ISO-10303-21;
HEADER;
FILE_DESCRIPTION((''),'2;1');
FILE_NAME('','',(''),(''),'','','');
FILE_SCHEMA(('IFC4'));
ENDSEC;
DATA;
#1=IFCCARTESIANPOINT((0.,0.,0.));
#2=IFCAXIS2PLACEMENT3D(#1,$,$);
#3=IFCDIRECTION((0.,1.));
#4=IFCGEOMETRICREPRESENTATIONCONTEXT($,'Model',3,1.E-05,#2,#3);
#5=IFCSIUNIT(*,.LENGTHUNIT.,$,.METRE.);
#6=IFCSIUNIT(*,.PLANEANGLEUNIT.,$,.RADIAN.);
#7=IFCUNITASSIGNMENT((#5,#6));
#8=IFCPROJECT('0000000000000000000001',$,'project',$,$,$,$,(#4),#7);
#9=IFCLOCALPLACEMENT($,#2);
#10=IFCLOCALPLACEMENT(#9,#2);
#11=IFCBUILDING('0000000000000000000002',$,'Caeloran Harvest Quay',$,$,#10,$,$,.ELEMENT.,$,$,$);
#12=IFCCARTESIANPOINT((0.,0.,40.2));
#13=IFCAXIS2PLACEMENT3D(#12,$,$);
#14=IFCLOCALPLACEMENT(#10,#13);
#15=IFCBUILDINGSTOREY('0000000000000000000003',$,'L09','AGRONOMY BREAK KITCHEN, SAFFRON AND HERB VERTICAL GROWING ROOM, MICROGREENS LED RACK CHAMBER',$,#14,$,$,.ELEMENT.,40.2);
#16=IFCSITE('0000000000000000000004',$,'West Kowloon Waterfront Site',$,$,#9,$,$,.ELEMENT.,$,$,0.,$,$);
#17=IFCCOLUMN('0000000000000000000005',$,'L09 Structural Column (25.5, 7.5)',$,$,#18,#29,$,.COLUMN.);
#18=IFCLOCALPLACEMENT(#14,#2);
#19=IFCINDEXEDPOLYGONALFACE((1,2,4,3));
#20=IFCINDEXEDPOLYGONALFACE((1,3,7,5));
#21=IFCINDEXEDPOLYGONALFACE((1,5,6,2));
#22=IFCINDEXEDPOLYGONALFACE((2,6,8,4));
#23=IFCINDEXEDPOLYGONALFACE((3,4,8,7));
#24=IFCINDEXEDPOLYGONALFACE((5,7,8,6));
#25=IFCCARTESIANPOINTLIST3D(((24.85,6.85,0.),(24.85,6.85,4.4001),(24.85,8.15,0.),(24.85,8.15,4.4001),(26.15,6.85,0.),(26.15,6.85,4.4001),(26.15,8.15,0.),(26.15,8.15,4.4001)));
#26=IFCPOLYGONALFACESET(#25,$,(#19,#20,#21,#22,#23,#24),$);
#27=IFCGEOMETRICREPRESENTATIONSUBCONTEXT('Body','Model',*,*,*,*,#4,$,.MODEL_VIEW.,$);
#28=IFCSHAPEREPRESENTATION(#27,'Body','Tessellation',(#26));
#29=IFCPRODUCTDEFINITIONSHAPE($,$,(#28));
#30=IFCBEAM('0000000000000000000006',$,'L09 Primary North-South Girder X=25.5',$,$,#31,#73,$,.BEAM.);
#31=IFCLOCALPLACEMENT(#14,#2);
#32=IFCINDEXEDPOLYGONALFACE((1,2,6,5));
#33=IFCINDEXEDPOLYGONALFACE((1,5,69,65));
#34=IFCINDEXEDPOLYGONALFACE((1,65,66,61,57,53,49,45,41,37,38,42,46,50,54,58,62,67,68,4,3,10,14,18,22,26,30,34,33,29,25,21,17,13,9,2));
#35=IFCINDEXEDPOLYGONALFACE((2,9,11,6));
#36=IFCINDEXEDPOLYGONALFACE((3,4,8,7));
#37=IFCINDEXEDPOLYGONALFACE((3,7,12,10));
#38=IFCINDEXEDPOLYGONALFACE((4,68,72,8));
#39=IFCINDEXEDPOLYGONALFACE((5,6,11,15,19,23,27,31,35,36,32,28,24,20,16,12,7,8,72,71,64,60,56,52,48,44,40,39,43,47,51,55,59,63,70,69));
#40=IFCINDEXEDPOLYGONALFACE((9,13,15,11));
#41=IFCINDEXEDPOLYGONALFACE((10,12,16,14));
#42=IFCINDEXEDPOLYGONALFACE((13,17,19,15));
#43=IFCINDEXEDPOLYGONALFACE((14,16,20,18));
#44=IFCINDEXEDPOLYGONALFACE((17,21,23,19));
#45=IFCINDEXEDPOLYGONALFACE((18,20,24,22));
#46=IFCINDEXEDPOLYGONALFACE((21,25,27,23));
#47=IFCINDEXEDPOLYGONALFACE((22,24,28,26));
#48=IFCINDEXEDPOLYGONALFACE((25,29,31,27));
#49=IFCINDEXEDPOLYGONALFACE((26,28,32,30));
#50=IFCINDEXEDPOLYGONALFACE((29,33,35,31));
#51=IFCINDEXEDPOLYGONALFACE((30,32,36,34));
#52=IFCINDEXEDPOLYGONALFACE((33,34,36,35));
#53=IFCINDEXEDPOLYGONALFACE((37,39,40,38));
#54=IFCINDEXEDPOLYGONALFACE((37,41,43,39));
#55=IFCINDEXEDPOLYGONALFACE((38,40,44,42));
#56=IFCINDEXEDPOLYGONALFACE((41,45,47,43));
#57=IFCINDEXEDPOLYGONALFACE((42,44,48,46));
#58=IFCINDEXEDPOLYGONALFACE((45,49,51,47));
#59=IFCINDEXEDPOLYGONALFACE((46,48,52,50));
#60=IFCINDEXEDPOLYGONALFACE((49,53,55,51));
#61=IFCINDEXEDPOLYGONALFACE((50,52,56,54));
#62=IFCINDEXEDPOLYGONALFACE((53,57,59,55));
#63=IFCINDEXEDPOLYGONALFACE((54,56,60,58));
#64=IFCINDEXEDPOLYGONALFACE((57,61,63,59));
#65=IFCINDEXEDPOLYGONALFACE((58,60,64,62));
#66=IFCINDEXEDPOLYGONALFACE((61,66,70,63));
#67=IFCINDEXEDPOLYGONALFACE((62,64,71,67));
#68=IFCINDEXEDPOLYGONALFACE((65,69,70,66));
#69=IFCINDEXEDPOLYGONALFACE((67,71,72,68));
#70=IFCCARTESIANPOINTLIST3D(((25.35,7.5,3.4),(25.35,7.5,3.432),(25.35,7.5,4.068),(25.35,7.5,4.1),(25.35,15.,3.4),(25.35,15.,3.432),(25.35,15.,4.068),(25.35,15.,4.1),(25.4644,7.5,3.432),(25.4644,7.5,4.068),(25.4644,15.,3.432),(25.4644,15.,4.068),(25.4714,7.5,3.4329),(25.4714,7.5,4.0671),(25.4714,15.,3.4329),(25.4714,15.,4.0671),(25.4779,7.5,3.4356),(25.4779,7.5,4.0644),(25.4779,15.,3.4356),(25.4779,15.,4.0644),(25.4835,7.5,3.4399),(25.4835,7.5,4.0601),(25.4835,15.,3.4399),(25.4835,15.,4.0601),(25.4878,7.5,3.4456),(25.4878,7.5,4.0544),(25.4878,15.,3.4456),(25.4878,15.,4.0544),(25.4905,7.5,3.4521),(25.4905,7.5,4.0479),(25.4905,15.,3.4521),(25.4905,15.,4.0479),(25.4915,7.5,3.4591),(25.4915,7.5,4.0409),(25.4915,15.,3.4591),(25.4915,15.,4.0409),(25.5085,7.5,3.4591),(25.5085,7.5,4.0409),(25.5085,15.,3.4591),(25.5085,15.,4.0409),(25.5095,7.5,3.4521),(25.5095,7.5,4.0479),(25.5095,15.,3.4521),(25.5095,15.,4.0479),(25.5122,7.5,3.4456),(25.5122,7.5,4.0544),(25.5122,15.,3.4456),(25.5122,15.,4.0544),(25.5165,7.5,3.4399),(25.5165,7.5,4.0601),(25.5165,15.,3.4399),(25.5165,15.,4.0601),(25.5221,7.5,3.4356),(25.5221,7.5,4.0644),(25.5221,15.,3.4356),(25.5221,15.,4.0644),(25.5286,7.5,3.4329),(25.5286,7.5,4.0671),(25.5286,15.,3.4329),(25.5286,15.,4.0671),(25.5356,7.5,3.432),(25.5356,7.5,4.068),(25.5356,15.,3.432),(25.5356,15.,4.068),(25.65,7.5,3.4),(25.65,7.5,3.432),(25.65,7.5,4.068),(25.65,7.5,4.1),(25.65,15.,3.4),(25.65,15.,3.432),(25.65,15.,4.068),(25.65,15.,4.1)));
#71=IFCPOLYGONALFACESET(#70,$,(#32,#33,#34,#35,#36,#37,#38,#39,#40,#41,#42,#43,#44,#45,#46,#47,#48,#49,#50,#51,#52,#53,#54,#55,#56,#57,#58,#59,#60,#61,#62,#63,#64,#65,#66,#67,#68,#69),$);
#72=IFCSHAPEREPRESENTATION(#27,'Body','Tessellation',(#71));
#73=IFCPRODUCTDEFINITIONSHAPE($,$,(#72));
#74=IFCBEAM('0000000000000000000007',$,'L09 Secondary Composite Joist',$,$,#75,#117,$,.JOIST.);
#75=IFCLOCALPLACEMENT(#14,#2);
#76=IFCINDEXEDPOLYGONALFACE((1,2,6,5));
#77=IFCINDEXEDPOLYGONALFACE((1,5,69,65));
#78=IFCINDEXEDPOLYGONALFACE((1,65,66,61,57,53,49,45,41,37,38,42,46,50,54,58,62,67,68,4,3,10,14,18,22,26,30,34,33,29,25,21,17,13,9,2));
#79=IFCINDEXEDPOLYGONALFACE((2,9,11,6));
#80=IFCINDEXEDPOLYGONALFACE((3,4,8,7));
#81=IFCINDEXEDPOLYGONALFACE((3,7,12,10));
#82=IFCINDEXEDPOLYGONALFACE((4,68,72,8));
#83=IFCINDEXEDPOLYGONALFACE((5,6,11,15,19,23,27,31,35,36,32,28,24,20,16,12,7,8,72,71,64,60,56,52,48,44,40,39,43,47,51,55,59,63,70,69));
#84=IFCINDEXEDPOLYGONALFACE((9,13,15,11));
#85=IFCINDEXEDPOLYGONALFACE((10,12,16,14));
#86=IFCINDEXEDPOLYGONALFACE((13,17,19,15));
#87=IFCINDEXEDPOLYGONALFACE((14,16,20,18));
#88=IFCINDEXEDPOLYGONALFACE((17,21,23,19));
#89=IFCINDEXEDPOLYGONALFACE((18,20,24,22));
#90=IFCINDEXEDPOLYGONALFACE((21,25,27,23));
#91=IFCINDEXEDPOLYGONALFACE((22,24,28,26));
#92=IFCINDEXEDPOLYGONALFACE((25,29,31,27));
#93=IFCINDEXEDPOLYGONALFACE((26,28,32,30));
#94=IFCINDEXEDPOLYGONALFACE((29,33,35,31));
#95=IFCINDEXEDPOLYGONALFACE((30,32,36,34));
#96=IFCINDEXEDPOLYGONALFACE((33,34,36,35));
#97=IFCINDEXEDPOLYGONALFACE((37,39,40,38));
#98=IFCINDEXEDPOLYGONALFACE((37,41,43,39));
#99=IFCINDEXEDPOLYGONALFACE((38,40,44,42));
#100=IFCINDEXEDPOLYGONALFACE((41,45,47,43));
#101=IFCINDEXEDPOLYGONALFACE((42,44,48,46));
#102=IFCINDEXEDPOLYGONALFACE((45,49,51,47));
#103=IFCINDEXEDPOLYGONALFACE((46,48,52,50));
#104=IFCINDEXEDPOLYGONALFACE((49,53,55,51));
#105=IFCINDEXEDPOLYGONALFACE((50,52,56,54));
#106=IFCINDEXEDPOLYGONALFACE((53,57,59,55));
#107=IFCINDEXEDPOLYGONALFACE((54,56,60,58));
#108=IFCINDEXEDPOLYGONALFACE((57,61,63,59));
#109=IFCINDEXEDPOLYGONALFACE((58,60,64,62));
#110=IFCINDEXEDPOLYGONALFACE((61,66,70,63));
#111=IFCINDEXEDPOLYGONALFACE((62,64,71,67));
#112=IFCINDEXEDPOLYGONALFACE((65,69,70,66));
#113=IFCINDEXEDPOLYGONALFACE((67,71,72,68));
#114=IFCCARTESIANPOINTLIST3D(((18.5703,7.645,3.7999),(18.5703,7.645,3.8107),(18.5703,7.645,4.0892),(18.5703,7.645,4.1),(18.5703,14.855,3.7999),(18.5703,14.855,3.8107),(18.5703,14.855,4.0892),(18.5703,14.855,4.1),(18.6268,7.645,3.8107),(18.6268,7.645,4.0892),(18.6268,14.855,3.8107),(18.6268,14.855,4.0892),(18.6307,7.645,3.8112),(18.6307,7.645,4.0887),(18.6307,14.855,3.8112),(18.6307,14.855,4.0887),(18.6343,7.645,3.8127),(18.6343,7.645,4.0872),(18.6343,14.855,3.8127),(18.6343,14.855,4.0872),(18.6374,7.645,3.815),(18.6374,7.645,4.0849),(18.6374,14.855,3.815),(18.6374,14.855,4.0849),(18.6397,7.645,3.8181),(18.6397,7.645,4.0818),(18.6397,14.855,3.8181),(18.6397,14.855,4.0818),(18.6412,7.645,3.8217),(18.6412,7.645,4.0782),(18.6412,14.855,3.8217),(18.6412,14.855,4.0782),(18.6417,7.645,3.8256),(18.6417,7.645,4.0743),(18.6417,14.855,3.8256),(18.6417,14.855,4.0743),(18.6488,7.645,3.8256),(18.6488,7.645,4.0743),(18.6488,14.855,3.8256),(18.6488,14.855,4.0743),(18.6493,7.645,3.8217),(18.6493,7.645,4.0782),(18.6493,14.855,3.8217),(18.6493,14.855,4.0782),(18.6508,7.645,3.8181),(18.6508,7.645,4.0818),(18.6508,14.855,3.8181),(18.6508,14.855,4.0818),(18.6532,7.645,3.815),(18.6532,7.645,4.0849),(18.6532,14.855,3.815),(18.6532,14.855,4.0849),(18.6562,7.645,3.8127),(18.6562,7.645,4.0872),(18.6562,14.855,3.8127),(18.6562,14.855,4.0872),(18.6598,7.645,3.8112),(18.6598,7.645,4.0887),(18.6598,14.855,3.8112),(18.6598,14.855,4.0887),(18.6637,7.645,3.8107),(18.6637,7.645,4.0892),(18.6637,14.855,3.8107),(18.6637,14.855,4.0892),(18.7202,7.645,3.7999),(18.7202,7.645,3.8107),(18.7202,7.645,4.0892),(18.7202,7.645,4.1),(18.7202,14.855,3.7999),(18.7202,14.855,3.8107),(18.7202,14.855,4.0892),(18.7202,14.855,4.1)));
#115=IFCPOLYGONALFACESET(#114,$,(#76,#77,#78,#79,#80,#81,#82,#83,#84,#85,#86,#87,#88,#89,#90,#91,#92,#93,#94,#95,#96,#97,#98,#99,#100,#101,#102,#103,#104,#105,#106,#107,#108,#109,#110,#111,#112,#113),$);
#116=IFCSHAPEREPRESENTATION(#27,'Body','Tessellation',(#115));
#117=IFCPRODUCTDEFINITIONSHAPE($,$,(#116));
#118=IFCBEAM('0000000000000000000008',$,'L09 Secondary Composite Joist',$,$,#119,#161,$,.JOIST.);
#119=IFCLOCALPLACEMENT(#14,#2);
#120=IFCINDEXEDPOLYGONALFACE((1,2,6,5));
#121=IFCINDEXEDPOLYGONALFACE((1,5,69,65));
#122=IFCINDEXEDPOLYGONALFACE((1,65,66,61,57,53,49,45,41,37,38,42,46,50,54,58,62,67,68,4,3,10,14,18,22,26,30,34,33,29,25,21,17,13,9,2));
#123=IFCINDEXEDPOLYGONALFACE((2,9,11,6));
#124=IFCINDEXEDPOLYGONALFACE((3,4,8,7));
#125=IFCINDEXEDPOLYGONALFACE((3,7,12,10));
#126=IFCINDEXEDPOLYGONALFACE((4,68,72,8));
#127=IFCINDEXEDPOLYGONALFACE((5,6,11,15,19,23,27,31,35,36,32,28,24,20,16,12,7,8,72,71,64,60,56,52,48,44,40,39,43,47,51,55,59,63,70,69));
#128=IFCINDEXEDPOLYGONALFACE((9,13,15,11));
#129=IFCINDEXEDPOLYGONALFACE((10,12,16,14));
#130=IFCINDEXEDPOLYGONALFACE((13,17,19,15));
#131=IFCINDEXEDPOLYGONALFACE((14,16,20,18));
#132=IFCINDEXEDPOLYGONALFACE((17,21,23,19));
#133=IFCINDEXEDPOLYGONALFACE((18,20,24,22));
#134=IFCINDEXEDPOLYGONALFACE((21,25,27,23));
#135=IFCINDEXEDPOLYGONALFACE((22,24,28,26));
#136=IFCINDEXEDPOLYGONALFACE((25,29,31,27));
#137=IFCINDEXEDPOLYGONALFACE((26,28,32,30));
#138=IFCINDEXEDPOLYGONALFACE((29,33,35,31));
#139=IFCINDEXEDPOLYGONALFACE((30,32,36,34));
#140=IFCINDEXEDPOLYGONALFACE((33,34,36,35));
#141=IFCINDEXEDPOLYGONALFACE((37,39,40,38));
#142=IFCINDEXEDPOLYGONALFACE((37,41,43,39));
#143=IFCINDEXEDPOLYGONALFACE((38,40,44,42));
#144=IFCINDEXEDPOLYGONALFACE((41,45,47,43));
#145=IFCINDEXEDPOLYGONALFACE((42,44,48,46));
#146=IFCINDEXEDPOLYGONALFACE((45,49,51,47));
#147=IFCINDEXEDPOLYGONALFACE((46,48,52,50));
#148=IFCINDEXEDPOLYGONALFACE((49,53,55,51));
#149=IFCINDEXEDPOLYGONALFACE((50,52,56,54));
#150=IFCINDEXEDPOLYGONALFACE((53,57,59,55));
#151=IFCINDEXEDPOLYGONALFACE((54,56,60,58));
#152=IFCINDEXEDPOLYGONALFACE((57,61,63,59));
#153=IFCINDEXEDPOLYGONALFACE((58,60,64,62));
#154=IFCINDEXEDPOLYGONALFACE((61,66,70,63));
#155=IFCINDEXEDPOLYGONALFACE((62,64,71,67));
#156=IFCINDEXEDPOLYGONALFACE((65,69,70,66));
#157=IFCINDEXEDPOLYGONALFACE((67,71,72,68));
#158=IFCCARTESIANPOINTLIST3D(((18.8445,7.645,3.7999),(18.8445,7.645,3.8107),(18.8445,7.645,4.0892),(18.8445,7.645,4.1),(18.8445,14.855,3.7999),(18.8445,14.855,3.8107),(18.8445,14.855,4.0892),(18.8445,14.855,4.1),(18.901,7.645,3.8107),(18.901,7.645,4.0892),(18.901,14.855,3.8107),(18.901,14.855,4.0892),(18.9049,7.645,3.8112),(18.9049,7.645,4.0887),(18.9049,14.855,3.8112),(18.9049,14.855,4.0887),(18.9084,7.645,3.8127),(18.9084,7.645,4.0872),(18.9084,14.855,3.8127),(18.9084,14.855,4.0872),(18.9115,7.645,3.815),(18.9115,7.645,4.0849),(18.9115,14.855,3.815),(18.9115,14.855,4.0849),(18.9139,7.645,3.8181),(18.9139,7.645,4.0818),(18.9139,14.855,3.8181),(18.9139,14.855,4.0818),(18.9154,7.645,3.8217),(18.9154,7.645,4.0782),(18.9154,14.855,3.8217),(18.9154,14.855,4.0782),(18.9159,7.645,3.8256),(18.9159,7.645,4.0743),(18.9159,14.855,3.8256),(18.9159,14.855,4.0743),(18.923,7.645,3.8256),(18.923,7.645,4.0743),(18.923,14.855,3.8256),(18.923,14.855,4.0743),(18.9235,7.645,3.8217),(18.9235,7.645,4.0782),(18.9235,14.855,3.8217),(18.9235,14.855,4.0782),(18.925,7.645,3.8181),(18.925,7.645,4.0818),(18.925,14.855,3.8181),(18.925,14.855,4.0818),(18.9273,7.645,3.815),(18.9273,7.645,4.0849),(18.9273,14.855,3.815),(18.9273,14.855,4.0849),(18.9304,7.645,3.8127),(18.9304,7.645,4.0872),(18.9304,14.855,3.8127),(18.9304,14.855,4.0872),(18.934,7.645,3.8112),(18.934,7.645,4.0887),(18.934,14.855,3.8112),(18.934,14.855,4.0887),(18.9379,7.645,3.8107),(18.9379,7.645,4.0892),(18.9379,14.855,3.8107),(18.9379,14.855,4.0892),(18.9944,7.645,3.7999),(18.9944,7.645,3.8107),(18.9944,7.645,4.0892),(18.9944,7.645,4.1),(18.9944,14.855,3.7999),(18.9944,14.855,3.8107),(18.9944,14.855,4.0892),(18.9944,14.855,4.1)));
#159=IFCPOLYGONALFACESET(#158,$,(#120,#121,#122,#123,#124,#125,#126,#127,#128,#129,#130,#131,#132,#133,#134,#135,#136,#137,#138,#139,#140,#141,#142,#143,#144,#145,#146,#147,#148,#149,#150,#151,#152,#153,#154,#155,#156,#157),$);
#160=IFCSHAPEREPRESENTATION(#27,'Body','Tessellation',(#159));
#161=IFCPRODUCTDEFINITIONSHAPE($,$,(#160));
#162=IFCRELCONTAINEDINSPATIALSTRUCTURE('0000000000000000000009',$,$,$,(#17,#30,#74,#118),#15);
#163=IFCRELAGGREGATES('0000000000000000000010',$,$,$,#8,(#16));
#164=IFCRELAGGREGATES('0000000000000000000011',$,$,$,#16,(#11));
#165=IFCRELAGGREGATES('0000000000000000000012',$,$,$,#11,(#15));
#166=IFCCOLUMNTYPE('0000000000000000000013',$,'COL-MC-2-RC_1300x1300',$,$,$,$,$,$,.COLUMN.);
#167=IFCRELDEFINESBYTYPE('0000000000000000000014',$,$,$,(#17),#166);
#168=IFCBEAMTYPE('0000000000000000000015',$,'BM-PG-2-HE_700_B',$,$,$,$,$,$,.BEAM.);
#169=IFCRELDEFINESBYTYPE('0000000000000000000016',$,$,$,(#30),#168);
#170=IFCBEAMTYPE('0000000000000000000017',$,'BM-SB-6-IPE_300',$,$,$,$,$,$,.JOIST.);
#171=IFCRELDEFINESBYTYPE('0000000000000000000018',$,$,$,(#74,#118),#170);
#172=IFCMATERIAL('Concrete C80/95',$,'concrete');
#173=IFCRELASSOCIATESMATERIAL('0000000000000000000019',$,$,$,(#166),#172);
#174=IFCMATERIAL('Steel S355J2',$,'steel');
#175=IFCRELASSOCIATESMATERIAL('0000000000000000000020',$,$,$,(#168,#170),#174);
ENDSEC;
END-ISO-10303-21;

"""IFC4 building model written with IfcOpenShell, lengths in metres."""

from ifc_helpers import new_model, si_unit, direction, frame, origin, origin_2d, place, context, subcontext, project, spatial, rectangle, i_section, extrude, material, material_profile, profile_set, type_object, element, save


model = new_model("IFC4")

# Units and contexts
model_context = context("Model", 3, precision=1e-05, world=origin(), true_north=direction((0.0, 1.0)))
body_context = subcontext(model_context, "Body", "Model", "MODEL_VIEW")
ifc_project = project(units=[si_unit("LENGTHUNIT", "METRE"), si_unit("PLANEANGLEUNIT", "RADIAN")], contexts=[model_context])

# Site, building, storey
site_placement = place(None, origin())
site = spatial("IfcSite", under=ifc_project, at=site_placement, Name="West Kowloon Waterfront Site", CompositionType="ELEMENT", RefElevation=0.0)
building_placement = place(site_placement, origin())
building = spatial("IfcBuilding", under=site, at=building_placement, Name="Caeloran Harvest Quay", CompositionType="ELEMENT")
storey_placement = place(building_placement, frame((0.0, 0.0, 40.2)))
storey = spatial("IfcBuildingStorey", under=building, at=storey_placement, Name="L09", Description="AGRONOMY BREAK KITCHEN, SAFFRON AND HERB VERTICAL GROWING ROOM, MICROGREENS LED RACK CHAMBER", CompositionType="ELEMENT", Elevation=40.2)

# Column
ifc_material_1 = material(Name="Concrete C80/95", Category="concrete")
ifc_material_profile_1 = material_profile(ifc_material_1, rectangle(XDim=1.3, YDim=1.3, at=origin_2d()), Name="RC 1300x1300")
ifc_profile_set_1 = profile_set([ifc_material_profile_1], Name="Concrete C80/95")
column_type = type_object("IfcColumnType", Name="COL-MC-2-RC_1300x1300", PredefinedType="COLUMN", material=ifc_profile_set_1)
column_placement = place(storey_placement, frame((25.5, 7.5, 0.0), z_axis=(0.0, 0.0, 1.0), x_axis=(1.0, 0.0, 0.0)))
element("IfcColumn", 1, at=column_placement, inside=storey, type_object=column_type, Name="L09 Structural Column (25.5, 7.5)", PredefinedType="COLUMN", context=body_context, shape_type="SweptSolid", body=[
    extrude(rectangle(XDim=1.3, YDim=1.3, at=origin_2d()), origin(), (0.0, 0.0, 1.0), 4.4001),
])

# Beams
ifc_material_2 = material(Name="Steel S355J2", Category="steel")
ifc_material_profile_2 = material_profile(ifc_material_2, i_section(OverallWidth=0.3, OverallDepth=0.7, WebThickness=0.0171, FlangeThickness=0.032, FilletRadius=0.0271, at=origin_2d()), Name="HE 700 B")
ifc_profile_set_2 = profile_set([ifc_material_profile_2], Name="Steel S355J2")
beam_type_1 = type_object("IfcBeamType", Name="BM-PG-2-HE_700_B", PredefinedType="BEAM", material=ifc_profile_set_2)
beam_placement = place(storey_placement, frame((25.5, 7.5, 3.75), z_axis=(0.0, 1.0, 0.0), x_axis=(-1.0, 0.0, 0.0)))
element("IfcBeam", 2, at=beam_placement, inside=storey, type_object=beam_type_1, Name="L09 Primary North-South Girder X=25.5", PredefinedType="BEAM", context=body_context, shape_type="SweptSolid", body=[
    extrude(i_section(OverallWidth=0.3, OverallDepth=0.7, WebThickness=0.0171, FlangeThickness=0.032, FilletRadius=0.0271, at=origin_2d()), origin(), (0.0, 0.0, 1.0), 7.5),
])
ifc_material_profile_3 = material_profile(ifc_material_2, i_section(OverallWidth=0.1499, OverallDepth=0.3, WebThickness=0.0071, FlangeThickness=0.0107, FilletRadius=0.0149, at=origin_2d()), Name="IPE 300")
ifc_profile_set_3 = profile_set([ifc_material_profile_3], Name="Steel S355J2")
beam_type_2 = type_object("IfcBeamType", Name="BM-SB-6-IPE_300", PredefinedType="JOIST", material=ifc_profile_set_3)
for number, where, z_axis, x_axis, name in (
    (3, (18.6453, 7.645, 3.95), (0.0, 1.0, 0.0), (-1.0, 0.0, 0.0), "L09 Secondary Composite Joist"),
    (4, (18.9194, 7.645, 3.95), (0.0, 1.0, 0.0), (-1.0, 0.0, 0.0), "L09 Secondary Composite Joist"),
):
    element("IfcBeam", number, at=place(storey_placement, frame(where, z_axis=z_axis, x_axis=x_axis)), inside=storey, type_object=beam_type_2, Name=name, PredefinedType="JOIST", context=body_context, shape_type="SweptSolid", body=[
        extrude(i_section(OverallWidth=0.1499, OverallDepth=0.3, WebThickness=0.0071, FlangeThickness=0.0107, FilletRadius=0.0149, at=origin_2d()), origin(), (0.0, 0.0, 1.0), 7.21),
    ])

save(model, "model.ifc")
